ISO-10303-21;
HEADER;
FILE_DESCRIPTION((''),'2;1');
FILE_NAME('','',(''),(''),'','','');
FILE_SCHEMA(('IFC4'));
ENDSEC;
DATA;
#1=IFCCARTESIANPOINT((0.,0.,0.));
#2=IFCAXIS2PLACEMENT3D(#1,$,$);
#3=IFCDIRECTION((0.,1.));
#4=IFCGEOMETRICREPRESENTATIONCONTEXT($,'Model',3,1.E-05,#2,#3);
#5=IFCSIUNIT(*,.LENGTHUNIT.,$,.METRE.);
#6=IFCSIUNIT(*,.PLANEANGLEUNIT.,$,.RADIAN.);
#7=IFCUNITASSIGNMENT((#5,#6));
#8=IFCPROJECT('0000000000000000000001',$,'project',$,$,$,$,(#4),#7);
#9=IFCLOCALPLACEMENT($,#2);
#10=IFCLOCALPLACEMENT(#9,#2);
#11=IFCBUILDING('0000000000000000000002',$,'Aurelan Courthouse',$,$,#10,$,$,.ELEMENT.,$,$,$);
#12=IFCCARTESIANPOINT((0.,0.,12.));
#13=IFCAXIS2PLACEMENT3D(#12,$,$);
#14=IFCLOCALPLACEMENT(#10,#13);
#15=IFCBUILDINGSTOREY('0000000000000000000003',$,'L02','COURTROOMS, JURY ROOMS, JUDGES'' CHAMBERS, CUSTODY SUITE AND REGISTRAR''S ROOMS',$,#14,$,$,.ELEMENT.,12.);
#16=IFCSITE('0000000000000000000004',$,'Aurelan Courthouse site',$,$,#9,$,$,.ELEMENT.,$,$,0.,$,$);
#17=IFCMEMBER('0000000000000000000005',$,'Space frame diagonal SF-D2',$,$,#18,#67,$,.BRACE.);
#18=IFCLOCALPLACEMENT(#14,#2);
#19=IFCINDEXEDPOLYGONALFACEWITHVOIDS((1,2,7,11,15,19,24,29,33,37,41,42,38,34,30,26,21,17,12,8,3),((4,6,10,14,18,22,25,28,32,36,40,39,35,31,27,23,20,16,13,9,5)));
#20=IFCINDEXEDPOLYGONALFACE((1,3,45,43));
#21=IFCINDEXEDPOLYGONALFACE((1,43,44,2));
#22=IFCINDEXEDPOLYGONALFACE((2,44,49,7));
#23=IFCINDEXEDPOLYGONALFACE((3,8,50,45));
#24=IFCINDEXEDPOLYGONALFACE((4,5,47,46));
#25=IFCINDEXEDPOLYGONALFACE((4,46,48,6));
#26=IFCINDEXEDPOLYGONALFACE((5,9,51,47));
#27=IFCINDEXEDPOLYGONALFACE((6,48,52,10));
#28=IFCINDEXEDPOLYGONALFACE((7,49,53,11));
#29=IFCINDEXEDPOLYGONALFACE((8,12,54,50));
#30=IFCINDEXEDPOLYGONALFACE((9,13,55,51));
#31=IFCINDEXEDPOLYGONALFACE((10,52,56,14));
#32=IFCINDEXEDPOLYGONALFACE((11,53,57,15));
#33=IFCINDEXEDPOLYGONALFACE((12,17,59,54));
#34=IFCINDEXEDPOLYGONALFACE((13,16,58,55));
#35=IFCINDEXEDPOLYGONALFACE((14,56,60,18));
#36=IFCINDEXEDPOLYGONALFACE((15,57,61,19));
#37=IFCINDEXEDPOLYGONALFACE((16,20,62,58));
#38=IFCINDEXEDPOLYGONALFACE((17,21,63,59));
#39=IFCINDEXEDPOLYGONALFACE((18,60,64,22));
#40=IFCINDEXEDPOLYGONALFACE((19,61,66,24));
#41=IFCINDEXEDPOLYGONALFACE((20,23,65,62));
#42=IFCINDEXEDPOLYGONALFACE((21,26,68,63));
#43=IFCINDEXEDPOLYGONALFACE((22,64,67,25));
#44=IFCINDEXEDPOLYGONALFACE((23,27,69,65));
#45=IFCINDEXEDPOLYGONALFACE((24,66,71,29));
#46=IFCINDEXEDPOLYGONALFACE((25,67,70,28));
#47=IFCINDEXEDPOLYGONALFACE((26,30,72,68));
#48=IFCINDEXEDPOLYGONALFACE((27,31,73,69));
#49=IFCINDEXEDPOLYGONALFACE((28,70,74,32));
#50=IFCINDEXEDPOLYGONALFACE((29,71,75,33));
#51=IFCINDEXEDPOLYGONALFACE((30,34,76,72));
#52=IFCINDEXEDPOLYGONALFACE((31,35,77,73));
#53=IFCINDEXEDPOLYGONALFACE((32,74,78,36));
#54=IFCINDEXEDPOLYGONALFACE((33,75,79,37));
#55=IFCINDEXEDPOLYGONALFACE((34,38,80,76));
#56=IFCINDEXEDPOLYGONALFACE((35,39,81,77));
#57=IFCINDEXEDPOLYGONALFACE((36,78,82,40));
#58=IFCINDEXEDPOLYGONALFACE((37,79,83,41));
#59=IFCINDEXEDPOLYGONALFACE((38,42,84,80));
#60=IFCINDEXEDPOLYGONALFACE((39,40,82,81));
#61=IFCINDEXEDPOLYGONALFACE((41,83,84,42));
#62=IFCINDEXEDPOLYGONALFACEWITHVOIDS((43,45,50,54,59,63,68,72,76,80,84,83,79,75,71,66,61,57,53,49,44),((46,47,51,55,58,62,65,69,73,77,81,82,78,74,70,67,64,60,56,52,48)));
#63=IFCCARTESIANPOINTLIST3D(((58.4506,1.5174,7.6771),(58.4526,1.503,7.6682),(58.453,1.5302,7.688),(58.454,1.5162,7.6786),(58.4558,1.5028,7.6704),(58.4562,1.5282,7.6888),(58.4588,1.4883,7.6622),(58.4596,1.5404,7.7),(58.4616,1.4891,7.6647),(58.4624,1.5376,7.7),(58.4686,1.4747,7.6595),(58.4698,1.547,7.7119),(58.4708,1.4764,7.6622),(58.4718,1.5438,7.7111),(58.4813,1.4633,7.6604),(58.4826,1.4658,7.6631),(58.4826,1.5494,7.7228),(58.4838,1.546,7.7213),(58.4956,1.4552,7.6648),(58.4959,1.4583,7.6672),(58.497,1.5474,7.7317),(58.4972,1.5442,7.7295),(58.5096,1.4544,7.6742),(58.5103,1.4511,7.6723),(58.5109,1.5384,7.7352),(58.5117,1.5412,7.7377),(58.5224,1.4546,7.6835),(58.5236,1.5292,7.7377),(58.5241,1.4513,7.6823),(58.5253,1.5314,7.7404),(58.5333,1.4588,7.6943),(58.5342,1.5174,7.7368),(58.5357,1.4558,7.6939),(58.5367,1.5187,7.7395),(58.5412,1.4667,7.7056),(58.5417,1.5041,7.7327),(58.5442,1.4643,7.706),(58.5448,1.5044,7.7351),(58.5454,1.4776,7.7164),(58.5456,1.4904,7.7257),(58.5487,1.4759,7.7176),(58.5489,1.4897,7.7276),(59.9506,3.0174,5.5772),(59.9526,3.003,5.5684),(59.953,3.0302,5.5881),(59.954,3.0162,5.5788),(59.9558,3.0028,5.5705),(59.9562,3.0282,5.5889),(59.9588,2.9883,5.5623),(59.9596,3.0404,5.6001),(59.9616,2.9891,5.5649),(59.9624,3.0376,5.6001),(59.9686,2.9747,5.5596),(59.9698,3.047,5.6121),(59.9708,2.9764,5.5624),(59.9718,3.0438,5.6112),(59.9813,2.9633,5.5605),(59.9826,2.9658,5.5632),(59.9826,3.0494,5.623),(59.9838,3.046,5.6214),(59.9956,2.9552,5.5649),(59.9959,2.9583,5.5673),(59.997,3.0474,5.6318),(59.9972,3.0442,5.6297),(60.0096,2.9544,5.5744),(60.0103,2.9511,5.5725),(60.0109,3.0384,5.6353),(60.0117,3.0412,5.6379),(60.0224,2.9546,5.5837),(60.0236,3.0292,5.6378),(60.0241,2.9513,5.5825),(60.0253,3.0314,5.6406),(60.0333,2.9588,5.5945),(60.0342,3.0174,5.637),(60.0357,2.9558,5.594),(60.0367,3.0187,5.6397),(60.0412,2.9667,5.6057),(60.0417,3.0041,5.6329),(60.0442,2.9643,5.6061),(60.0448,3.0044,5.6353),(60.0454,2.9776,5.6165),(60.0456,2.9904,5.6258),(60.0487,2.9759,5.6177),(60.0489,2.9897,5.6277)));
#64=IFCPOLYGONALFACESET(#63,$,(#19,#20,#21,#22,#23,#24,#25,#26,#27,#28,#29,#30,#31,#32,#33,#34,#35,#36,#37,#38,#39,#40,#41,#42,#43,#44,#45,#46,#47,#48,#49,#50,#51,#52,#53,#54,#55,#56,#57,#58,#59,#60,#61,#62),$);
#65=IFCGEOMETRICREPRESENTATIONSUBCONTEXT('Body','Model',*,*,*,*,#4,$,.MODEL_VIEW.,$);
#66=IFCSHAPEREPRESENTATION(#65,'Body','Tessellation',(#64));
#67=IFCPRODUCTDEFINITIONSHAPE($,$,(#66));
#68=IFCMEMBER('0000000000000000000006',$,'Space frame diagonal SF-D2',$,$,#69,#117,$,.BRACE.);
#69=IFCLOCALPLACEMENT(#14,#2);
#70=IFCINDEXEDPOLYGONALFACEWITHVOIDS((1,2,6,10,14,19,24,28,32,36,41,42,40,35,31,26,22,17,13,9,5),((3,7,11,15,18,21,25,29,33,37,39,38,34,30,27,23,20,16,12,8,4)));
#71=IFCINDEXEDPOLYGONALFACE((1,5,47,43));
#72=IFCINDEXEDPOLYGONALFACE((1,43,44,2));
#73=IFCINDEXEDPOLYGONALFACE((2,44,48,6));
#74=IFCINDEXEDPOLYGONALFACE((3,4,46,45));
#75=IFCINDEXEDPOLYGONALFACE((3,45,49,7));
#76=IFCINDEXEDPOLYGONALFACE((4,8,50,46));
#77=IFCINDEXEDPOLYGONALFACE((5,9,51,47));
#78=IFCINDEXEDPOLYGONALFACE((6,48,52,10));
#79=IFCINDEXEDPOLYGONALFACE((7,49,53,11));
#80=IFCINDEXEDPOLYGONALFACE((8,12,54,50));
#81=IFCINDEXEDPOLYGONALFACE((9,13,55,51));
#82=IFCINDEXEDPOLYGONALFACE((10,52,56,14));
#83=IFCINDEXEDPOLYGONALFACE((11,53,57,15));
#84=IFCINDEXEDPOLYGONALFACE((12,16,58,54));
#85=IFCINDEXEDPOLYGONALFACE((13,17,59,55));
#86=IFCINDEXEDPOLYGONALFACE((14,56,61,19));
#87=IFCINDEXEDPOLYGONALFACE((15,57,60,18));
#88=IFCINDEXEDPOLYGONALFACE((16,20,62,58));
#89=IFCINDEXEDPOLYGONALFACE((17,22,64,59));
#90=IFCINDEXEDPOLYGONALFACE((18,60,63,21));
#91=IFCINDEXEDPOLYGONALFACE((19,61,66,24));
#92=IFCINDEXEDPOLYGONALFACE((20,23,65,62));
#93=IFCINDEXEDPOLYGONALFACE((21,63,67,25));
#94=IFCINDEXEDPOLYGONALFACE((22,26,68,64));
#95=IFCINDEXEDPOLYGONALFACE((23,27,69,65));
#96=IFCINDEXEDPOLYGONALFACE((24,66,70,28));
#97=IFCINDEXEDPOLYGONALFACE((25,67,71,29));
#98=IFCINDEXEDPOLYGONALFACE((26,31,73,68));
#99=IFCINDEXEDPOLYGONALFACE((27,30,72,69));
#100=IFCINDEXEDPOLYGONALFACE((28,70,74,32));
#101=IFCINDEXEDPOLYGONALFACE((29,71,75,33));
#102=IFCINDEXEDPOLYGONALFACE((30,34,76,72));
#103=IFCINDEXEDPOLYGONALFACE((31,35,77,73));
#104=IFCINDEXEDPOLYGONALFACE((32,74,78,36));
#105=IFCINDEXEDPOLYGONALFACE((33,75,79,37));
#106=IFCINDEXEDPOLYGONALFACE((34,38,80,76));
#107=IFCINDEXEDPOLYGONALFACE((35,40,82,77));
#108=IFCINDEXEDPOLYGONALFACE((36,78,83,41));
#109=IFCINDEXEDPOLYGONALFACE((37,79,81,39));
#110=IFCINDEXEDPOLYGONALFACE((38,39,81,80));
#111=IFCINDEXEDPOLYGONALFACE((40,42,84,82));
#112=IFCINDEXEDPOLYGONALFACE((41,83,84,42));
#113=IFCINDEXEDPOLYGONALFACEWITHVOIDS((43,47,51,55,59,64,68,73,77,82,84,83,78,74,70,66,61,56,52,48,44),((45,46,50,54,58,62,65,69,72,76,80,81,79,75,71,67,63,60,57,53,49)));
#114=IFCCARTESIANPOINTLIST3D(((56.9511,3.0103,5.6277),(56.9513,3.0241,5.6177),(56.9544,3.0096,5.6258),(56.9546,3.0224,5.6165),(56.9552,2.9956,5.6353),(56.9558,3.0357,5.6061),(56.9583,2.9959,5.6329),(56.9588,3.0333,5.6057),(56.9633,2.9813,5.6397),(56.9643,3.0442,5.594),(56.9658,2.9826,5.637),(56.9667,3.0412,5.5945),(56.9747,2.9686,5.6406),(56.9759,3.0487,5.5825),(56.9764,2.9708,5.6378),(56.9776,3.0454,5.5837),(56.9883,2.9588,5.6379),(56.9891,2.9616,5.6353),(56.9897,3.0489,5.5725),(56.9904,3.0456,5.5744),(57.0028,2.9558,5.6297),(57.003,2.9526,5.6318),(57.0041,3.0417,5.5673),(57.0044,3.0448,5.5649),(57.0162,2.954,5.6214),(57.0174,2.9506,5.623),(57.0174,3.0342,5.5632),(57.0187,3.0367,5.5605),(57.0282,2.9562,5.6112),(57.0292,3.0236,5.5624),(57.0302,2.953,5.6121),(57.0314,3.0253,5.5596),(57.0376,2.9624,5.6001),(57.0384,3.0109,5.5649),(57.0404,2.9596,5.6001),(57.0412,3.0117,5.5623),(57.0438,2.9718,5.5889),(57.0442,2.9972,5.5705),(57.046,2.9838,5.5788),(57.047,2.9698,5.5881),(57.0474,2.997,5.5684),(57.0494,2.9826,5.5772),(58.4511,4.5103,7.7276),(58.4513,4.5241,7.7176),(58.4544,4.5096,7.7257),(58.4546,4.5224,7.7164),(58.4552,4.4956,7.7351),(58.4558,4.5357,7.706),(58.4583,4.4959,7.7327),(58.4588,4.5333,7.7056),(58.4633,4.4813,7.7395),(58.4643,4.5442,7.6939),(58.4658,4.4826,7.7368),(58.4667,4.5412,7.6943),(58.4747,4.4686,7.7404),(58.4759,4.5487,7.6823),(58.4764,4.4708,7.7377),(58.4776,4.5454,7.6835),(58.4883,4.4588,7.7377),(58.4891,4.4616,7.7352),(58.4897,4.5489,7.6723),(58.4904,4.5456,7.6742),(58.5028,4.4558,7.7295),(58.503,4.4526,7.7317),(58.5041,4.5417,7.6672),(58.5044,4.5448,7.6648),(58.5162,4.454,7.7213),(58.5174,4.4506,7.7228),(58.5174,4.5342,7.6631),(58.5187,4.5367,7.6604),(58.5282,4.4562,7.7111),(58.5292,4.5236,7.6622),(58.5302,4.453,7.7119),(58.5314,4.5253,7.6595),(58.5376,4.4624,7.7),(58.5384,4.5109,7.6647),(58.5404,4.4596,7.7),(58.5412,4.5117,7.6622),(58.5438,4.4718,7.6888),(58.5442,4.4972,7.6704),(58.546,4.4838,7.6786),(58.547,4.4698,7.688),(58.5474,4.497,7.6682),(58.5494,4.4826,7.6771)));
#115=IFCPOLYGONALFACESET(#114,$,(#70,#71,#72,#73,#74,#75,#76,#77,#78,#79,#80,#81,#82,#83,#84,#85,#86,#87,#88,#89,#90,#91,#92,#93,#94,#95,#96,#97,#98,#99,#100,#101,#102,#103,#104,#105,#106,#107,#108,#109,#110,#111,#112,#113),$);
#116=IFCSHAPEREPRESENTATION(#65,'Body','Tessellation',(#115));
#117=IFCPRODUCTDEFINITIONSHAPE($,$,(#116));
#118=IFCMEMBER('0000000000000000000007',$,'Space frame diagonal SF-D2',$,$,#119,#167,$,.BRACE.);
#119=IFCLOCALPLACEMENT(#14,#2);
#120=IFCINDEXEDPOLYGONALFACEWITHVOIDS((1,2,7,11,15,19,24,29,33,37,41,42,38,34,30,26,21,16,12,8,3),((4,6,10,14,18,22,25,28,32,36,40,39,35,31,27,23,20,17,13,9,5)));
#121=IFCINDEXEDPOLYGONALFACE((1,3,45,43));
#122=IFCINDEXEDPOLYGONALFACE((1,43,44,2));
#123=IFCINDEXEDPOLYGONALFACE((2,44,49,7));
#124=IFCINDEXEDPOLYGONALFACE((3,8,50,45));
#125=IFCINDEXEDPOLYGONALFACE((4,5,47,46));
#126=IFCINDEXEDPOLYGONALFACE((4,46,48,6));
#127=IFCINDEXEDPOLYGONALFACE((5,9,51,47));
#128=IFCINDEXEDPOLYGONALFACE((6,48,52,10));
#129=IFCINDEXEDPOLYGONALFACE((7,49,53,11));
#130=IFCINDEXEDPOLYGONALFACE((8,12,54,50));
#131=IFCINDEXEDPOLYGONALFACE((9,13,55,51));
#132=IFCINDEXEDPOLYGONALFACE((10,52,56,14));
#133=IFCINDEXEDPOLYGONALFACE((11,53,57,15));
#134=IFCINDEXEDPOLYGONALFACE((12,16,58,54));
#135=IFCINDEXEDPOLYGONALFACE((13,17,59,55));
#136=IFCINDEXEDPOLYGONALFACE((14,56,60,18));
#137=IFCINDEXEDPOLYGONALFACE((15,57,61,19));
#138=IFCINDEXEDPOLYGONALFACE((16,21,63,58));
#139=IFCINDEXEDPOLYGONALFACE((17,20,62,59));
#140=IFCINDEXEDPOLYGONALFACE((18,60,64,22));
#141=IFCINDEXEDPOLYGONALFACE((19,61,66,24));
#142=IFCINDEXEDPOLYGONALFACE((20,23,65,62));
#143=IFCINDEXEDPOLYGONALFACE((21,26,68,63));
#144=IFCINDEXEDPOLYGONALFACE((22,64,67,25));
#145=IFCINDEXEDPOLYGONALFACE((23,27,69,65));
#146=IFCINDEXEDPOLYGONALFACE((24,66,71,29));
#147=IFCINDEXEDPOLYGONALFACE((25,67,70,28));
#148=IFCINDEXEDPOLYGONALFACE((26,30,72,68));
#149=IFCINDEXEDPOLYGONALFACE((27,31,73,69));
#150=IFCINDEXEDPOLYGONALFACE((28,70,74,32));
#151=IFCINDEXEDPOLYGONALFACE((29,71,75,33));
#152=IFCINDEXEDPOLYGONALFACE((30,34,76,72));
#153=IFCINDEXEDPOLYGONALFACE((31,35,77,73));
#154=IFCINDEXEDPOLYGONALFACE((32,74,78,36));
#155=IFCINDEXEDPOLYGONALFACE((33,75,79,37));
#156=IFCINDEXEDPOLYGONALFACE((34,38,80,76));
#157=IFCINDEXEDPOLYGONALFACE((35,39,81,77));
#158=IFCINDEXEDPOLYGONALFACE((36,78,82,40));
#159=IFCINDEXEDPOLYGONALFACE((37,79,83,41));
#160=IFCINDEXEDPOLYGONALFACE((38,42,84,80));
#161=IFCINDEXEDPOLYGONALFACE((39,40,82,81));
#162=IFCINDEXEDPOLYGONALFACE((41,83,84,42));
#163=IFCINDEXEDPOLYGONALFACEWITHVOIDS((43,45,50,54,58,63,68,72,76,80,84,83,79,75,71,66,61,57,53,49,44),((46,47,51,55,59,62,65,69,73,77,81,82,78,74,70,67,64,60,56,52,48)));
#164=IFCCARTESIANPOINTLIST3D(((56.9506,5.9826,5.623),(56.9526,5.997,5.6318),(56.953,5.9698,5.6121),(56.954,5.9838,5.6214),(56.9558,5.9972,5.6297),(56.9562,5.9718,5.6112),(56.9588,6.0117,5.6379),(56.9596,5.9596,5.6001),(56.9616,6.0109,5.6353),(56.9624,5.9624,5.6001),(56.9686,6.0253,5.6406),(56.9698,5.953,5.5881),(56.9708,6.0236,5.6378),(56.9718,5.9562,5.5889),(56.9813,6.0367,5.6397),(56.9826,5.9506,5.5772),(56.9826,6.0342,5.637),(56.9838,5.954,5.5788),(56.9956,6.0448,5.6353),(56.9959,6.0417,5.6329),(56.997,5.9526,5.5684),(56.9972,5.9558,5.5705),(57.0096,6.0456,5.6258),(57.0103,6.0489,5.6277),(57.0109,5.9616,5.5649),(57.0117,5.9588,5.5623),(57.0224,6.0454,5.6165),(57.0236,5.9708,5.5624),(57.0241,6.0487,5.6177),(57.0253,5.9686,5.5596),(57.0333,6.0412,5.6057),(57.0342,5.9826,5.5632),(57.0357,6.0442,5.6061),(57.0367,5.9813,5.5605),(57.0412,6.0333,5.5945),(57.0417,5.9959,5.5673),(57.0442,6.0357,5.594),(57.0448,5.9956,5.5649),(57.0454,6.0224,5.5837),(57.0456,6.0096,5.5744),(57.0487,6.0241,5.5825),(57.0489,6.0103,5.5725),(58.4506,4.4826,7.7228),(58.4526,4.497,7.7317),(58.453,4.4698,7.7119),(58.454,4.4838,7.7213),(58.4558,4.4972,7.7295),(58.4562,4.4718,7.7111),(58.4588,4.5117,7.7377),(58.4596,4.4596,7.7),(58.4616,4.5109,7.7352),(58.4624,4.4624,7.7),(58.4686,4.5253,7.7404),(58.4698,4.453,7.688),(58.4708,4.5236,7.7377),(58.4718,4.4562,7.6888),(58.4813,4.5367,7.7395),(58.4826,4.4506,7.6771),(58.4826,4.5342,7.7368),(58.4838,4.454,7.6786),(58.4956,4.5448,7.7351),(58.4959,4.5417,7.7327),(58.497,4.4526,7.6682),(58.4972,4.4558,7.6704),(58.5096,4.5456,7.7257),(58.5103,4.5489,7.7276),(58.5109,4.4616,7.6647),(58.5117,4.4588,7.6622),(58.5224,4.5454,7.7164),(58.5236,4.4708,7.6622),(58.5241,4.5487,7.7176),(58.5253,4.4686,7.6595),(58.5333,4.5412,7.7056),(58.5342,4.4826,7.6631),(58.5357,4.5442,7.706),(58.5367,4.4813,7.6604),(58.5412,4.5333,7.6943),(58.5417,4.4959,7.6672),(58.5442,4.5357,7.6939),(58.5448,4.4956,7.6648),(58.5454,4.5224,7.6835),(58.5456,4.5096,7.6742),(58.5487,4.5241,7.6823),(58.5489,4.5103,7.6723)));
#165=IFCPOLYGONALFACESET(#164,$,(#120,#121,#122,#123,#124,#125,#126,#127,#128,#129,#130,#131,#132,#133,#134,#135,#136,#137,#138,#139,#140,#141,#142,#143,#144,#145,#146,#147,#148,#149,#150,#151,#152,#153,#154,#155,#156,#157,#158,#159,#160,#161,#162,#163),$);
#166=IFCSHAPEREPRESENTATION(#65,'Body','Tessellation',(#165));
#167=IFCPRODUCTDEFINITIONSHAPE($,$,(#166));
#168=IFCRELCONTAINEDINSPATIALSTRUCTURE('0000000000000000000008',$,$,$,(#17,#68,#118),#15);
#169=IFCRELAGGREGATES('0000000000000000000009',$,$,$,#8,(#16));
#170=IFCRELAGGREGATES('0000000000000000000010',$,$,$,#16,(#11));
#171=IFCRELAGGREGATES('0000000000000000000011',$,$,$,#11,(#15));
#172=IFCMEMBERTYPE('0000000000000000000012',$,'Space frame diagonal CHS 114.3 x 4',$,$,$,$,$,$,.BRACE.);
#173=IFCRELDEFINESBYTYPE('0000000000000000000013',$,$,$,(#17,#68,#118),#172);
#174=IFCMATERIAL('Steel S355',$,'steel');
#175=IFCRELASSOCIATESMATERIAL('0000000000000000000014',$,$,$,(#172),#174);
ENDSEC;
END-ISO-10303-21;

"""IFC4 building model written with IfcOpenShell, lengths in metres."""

from ifc_helpers import new_model, si_unit, direction, frame, origin, origin_2d, place, context, subcontext, project, spatial, hollow_circle, extrude, material, material_profile, profile_set, type_object, element, save


model = new_model("IFC4")

# Units and contexts
model_context = context("Model", 3, precision=1e-05, world=origin(), true_north=direction((0.0, 1.0)))
body_context = subcontext(model_context, "Body", "Model", "MODEL_VIEW")
ifc_project = project(units=[si_unit("LENGTHUNIT", "METRE"), si_unit("PLANEANGLEUNIT", "RADIAN")], contexts=[model_context])

# Site, building, storey
site_placement = place(None, origin())
site = spatial("IfcSite", under=ifc_project, at=site_placement, Name="Aurelan Courthouse site", CompositionType="ELEMENT", RefElevation=0.0)
building_placement = place(site_placement, origin())
building = spatial("IfcBuilding", under=site, at=building_placement, Name="Aurelan Courthouse", CompositionType="ELEMENT")
storey_placement = place(building_placement, frame((0.0, 0.0, 12.0)))
storey = spatial("IfcBuildingStorey", under=building, at=storey_placement, Name="L02", Description="COURTROOMS, JURY ROOMS, JUDGES' CHAMBERS, CUSTODY SUITE AND REGISTRAR'S ROOMS", CompositionType="ELEMENT", Elevation=12.0)

# Members
ifc_material_1 = material(Name="Steel S355", Category="steel")
ifc_material_profile_1 = material_profile(ifc_material_1, hollow_circle(Radius=0.0571, WallThickness=0.0039, at=origin_2d()), Name="CHS 114.3 x 4")
ifc_profile_set_1 = profile_set([ifc_material_profile_1], Name="Steel S355")
member_type_1 = type_object("IfcMemberType", Name="Space frame diagonal CHS 114.3 x 4", PredefinedType="BRACE", material=ifc_profile_set_1)
for number, where, z_axis, x_axis, name in (
    (1, (58.5, 1.5, 7.7), (0.502536, 0.502536, -0.703502), (-0.707107, 0.707107, 0.0), "Space frame diagonal SF-D2"),
    (2, (58.5, 4.5, 7.7), (-0.502536, -0.502536, -0.703502), (0.707107, -0.707107, 0.0), "Space frame diagonal SF-D2"),
    (3, (58.5, 4.5, 7.7), (-0.502536, 0.502536, -0.703502), (-0.707107, -0.707107, 0.0), "Space frame diagonal SF-D2"),
):
    element("IfcMember", number, at=place(storey_placement, frame(where, z_axis=z_axis, x_axis=x_axis)), inside=storey, type_object=member_type_1, Name=name, PredefinedType="BRACE", context=body_context, shape_type="SweptSolid", body=[
        extrude(hollow_circle(Radius=0.0571, WallThickness=0.0039, at=origin_2d()), origin(), (0.0, 0.0, 1.0), 2.9849),
    ])

save(model, "model.ifc")
